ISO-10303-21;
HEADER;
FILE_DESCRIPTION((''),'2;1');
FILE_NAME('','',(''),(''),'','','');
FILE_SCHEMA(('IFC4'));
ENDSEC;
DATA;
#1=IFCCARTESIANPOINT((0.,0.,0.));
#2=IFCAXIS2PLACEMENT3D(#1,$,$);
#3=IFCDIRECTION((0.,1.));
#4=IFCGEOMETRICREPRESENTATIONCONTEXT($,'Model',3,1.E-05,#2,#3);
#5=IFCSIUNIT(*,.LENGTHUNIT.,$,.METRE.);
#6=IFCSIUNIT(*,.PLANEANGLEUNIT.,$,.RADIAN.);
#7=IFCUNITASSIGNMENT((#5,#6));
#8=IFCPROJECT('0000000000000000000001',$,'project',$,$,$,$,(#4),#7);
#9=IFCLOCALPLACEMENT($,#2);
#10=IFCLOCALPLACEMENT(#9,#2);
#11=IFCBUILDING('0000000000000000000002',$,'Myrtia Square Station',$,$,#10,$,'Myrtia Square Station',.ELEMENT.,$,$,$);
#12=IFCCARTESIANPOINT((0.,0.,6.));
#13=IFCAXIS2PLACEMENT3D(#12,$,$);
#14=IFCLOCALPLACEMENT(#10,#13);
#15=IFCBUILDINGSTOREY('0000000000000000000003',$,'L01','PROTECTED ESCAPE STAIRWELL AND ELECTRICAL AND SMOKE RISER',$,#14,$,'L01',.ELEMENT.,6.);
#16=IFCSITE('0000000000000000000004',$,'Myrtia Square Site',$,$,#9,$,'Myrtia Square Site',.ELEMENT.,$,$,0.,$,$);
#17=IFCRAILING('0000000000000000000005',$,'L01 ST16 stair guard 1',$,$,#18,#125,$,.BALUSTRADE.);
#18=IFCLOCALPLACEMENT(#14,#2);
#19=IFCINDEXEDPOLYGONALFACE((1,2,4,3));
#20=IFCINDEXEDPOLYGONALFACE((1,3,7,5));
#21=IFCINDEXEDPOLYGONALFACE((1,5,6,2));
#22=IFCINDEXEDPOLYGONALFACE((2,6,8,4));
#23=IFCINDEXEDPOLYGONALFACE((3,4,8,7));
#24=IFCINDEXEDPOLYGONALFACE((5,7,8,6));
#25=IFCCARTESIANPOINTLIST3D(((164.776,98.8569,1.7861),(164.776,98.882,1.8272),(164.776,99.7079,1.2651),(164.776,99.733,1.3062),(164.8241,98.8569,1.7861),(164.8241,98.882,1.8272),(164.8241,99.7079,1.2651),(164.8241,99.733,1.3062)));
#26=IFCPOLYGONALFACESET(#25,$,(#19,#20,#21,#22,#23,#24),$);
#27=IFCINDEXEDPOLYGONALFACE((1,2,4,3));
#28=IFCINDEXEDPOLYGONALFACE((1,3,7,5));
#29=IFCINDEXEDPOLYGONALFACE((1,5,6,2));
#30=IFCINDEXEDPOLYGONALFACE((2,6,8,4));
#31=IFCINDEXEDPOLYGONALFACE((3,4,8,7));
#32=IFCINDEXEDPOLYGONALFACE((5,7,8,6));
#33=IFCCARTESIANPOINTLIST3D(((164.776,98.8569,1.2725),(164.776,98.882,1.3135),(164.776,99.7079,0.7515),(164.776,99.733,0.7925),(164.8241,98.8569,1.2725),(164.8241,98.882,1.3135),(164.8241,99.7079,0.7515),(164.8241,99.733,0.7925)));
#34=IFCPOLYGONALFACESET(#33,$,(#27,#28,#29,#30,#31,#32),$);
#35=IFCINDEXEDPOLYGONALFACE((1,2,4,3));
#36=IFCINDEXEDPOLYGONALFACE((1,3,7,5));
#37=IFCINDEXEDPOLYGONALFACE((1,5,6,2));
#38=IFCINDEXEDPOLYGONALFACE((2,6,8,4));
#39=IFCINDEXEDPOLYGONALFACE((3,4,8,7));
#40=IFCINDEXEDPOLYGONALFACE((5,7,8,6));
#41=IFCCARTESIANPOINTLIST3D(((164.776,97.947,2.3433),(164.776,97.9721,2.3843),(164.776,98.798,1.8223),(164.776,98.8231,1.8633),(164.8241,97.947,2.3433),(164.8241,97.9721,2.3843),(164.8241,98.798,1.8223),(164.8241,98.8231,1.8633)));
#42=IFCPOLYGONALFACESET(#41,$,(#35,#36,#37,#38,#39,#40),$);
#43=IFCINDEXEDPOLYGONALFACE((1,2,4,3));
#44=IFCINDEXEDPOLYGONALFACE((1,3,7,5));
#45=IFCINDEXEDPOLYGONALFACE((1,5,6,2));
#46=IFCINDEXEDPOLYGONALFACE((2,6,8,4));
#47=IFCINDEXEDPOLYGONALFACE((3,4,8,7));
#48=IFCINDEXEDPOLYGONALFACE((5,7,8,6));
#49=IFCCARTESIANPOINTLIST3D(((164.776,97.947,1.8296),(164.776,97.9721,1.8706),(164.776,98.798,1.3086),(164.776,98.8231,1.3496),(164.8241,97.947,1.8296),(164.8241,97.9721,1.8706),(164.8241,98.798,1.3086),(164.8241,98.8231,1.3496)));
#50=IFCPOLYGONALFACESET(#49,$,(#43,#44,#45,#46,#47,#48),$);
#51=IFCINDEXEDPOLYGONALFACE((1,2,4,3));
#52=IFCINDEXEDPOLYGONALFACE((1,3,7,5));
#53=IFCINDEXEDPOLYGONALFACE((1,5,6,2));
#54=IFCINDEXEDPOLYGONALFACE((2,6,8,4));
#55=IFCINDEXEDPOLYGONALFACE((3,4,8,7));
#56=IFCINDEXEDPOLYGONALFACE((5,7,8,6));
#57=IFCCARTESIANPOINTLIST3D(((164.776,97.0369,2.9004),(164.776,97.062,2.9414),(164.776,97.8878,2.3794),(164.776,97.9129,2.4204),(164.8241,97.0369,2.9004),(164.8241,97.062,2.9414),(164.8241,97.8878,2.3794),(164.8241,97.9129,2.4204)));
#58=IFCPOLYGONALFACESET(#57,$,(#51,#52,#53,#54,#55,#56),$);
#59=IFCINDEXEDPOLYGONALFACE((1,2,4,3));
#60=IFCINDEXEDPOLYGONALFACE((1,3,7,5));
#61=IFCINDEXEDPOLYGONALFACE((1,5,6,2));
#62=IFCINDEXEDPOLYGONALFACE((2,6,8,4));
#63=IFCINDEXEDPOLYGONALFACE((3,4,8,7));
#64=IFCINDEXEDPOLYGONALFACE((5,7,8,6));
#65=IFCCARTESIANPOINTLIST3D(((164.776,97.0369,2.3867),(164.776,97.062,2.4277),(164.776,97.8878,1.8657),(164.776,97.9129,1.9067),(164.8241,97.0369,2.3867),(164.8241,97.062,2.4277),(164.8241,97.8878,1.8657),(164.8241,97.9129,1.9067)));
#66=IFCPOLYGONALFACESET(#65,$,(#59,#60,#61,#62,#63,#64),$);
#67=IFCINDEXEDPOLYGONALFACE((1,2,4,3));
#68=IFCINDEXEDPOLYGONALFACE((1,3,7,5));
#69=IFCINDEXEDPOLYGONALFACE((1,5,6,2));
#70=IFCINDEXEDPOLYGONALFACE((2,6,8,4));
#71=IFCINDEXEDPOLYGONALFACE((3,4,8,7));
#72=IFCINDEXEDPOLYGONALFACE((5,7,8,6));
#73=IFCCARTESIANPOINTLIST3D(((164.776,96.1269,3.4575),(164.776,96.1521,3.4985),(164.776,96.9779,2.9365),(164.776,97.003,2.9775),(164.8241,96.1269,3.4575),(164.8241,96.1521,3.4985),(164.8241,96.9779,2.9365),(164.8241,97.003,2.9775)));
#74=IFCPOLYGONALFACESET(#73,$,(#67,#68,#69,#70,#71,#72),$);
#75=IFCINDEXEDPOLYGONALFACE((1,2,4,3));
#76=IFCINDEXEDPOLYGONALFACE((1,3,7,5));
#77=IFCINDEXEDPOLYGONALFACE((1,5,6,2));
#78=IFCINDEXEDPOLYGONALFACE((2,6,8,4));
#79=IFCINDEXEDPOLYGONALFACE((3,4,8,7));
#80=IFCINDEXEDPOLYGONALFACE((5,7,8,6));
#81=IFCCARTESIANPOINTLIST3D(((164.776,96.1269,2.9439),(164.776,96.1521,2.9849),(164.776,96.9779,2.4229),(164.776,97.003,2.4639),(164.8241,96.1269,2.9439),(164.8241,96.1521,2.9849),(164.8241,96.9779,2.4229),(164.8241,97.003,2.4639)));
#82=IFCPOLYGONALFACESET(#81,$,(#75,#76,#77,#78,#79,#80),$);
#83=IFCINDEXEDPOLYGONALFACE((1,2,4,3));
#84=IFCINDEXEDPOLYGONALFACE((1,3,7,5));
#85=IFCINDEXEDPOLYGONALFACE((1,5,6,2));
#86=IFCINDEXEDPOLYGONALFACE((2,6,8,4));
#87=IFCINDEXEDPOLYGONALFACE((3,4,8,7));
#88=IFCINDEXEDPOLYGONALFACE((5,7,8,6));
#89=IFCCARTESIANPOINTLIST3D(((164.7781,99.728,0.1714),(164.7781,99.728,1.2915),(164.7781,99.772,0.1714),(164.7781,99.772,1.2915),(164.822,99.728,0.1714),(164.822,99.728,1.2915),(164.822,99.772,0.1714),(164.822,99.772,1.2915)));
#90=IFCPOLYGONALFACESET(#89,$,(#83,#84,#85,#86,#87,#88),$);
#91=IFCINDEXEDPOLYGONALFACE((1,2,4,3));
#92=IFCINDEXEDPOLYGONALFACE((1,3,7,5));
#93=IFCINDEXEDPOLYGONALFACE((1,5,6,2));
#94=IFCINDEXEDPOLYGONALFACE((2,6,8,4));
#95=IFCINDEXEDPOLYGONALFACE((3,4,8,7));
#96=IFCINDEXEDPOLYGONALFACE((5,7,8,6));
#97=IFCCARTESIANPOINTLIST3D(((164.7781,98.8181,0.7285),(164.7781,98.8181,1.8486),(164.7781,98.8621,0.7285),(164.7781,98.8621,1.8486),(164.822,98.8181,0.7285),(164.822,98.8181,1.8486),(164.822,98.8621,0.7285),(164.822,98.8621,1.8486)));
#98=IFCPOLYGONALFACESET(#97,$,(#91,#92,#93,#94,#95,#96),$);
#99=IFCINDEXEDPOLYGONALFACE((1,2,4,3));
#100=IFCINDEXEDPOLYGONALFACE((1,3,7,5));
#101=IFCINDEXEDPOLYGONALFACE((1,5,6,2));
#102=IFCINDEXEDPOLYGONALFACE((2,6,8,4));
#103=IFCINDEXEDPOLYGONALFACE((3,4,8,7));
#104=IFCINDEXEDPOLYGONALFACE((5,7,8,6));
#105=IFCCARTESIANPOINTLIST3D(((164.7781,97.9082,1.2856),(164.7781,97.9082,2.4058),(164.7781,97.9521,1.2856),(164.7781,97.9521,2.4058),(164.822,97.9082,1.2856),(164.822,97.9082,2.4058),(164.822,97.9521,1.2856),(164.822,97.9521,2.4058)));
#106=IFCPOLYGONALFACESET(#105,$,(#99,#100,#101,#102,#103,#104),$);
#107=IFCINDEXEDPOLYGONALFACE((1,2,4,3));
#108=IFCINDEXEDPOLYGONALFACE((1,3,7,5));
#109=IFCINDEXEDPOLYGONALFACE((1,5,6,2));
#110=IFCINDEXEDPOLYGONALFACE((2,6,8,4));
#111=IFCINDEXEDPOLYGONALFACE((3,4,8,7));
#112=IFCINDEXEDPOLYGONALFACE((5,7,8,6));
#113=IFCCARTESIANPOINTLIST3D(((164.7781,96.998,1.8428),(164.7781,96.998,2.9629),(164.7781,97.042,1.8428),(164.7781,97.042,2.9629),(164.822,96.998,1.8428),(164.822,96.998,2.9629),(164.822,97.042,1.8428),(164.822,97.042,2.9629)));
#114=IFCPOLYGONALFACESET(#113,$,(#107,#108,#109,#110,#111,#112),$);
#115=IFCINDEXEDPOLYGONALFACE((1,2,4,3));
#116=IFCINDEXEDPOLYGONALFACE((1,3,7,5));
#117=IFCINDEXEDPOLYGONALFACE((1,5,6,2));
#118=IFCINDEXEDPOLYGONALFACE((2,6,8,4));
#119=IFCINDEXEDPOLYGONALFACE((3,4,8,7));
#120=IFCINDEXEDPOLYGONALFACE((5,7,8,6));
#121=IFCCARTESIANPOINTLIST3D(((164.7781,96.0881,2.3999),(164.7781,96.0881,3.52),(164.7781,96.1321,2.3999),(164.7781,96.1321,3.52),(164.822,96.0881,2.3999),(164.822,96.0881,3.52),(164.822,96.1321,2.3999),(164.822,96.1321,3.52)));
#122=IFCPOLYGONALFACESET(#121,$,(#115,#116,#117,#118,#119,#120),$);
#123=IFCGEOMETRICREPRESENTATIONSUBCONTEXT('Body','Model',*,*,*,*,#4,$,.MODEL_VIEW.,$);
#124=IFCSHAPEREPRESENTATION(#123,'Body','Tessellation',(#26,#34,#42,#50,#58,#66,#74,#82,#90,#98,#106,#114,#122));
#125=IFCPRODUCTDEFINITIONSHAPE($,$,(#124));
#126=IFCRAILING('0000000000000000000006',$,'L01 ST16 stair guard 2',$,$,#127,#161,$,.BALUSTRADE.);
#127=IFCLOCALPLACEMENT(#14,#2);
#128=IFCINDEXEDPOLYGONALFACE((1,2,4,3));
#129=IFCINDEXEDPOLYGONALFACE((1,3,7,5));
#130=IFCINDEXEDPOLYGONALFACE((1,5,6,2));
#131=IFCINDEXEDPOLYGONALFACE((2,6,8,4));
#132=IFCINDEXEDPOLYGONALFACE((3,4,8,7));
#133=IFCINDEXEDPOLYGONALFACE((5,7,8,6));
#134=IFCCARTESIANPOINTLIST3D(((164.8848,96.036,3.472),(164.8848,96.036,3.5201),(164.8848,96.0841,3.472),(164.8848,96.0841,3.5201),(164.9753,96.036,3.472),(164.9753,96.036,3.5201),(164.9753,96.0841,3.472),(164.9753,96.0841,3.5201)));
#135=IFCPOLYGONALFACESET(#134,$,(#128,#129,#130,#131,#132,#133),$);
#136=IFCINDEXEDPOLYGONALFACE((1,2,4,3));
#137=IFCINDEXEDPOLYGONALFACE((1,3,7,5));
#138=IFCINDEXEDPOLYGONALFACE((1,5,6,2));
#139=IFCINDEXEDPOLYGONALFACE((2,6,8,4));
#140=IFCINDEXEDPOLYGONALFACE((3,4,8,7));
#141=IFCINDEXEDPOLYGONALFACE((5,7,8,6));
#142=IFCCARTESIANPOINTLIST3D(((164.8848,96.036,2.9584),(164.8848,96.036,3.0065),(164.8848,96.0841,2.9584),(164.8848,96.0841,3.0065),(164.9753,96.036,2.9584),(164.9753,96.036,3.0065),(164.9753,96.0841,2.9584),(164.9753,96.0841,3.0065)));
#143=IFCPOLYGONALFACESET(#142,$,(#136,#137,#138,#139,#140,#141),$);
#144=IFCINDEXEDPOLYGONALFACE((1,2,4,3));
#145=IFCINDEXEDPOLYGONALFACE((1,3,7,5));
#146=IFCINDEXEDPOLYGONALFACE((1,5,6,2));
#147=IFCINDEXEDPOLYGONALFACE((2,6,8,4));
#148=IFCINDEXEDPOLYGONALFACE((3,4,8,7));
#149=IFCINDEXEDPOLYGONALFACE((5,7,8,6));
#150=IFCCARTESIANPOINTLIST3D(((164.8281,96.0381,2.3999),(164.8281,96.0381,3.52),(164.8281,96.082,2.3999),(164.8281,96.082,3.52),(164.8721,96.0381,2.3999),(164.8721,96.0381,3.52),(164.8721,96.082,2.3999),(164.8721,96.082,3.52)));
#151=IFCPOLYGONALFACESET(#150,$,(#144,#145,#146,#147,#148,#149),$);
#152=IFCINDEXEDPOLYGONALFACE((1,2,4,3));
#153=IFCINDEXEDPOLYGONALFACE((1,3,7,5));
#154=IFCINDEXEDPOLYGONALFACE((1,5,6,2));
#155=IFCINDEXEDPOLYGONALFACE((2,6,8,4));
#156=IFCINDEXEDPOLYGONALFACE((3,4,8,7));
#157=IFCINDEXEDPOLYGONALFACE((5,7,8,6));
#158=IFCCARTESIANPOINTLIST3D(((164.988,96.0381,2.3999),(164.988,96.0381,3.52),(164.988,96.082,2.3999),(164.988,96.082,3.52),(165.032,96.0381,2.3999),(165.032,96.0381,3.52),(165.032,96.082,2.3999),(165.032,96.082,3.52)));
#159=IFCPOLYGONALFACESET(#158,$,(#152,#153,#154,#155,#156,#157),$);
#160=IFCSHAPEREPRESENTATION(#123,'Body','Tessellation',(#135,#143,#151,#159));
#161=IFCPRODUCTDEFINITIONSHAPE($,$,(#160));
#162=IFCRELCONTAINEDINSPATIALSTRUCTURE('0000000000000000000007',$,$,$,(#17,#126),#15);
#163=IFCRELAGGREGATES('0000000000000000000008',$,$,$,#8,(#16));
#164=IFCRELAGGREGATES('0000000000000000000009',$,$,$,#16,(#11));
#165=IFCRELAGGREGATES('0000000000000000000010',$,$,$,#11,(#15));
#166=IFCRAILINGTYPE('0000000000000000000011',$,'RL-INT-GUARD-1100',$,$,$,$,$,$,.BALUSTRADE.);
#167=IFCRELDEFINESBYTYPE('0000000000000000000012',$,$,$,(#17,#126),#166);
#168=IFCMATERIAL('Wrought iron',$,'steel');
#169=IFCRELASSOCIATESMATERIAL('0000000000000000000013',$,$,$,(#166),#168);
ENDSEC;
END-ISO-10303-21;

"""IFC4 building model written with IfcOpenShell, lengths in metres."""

from ifc_helpers import new_model, si_unit, direction, frame, origin, origin_2d, place, context, subcontext, project, spatial, rectangle, extrude, material, type_object, element, save


model = new_model("IFC4")

# Units and contexts
model_context = context("Model", 3, precision=1e-05, world=origin(), true_north=direction((0.0, 1.0)))
body_context = subcontext(model_context, "Body", "Model", "MODEL_VIEW")
ifc_project = project(units=[si_unit("LENGTHUNIT", "METRE"), si_unit("PLANEANGLEUNIT", "RADIAN")], contexts=[model_context])

# Site, building, storey
site_placement = place(None, origin())
site = spatial("IfcSite", under=ifc_project, at=site_placement, Name="Myrtia Square Site", LongName="Myrtia Square Site", CompositionType="ELEMENT", RefElevation=0.0)
building_placement = place(site_placement, origin())
building = spatial("IfcBuilding", under=site, at=building_placement, Name="Myrtia Square Station", LongName="Myrtia Square Station", CompositionType="ELEMENT")
storey_placement = place(building_placement, frame((0.0, 0.0, 6.0)))
storey = spatial("IfcBuildingStorey", under=building, at=storey_placement, Name="L01", Description="PROTECTED ESCAPE STAIRWELL AND ELECTRICAL AND SMOKE RISER", LongName="L01", CompositionType="ELEMENT", Elevation=6.0)

# Railings
ifc_material_1 = material(Name="Wrought iron", Category="steel")
railing_type_1 = type_object("IfcRailingType", Name="RL-INT-GUARD-1100", PredefinedType="BALUSTRADE", material=ifc_material_1)
railing_1_placement = place(storey_placement, frame((164.8, 99.75, 0.1714)))
element("IfcRailing", 1, at=railing_1_placement, inside=storey, type_object=railing_type_1, Name="L01 ST16 stair guard 1", PredefinedType="BALUSTRADE", context=body_context, shape_type="SweptSolid", body=[
    extrude(rectangle(XDim=0.0481, YDim=0.0481, at=origin_2d()), frame((0.0, -0.0295, 1.1143), z_axis=(0.0, -0.85285, 0.522156), x_axis=(1.0, 0.0, 0.0)), (0.0, 0.0, 1.0), 0.9978),
    extrude(rectangle(XDim=0.0481, YDim=0.0481, at=origin_2d()), frame((0.0, -0.0295, 0.6006), z_axis=(0.0, -0.85285, 0.522156), x_axis=(1.0, 0.0, 0.0)), (0.0, 0.0, 1.0), 0.9978),
    extrude(rectangle(XDim=0.0481, YDim=0.0481, at=origin_2d()), frame((0.0, -0.9395, 1.6714), z_axis=(0.0, -0.85285, 0.522156), x_axis=(1.0, 0.0, 0.0)), (0.0, 0.0, 1.0), 0.9978),
    extrude(rectangle(XDim=0.0481, YDim=0.0481, at=origin_2d()), frame((0.0, -0.9395, 1.1577), z_axis=(0.0, -0.85285, 0.522156), x_axis=(1.0, 0.0, 0.0)), (0.0, 0.0, 1.0), 0.9978),
    extrude(rectangle(XDim=0.0481, YDim=0.0481, at=origin_2d()), frame((0.0, -1.8496, 2.2285), z_axis=(0.0, -0.85285, 0.522156), x_axis=(1.0, 0.0, 0.0)), (0.0, 0.0, 1.0), 0.9978),
    extrude(rectangle(XDim=0.0481, YDim=0.0481, at=origin_2d()), frame((0.0, -1.8496, 1.7148), z_axis=(0.0, -0.85285, 0.522156), x_axis=(1.0, 0.0, 0.0)), (0.0, 0.0, 1.0), 0.9978),
    extrude(rectangle(XDim=0.0481, YDim=0.0481, at=origin_2d()), frame((0.0, -2.7595, 2.7856), z_axis=(0.0, -0.85285, 0.522156), x_axis=(1.0, 0.0, 0.0)), (0.0, 0.0, 1.0), 0.9978),
    extrude(rectangle(XDim=0.0481, YDim=0.0481, at=origin_2d()), frame((0.0, -2.7595, 2.272), z_axis=(0.0, -0.85285, 0.522156), x_axis=(1.0, 0.0, 0.0)), (0.0, 0.0, 1.0), 0.9978),
    extrude(rectangle(XDim=0.0439, YDim=0.0439, at=origin_2d()), origin(), (0.0, 0.0, 1.0), 1.1201),
    extrude(rectangle(XDim=0.0439, YDim=0.0439, at=origin_2d()), frame((0.0, -0.9099, 0.5571)), (0.0, 0.0, 1.0), 1.1201),
    extrude(rectangle(XDim=0.0439, YDim=0.0439, at=origin_2d()), frame((0.0, -1.8198, 1.1143)), (0.0, 0.0, 1.0), 1.1201),
    extrude(rectangle(XDim=0.0439, YDim=0.0439, at=origin_2d()), frame((0.0, -2.73, 1.6714)), (0.0, 0.0, 1.0), 1.1201),
    extrude(rectangle(XDim=0.0439, YDim=0.0439, at=origin_2d()), frame((0.0, -3.6399, 2.2285)), (0.0, 0.0, 1.0), 1.1201),
])
railing_2_placement = place(storey_placement, frame((164.8501, 96.0601, 2.3999)))
element("IfcRailing", 2, at=railing_2_placement, inside=storey, type_object=railing_type_1, Name="L01 ST16 stair guard 2", PredefinedType="BALUSTRADE", context=body_context, shape_type="SweptSolid", body=[
    extrude(rectangle(XDim=0.0481, YDim=0.0481, at=origin_2d()), frame((0.0347, 0.0, 1.0962), z_axis=(1.0, 0.0, 0.0), x_axis=(0.0, 1.0, 0.0)), (0.0, 0.0, 1.0), 0.0906),
    extrude(rectangle(XDim=0.0481, YDim=0.0481, at=origin_2d()), frame((0.0347, 0.0, 0.5825), z_axis=(1.0, 0.0, 0.0), x_axis=(0.0, 1.0, 0.0)), (0.0, 0.0, 1.0), 0.0906),
    extrude(rectangle(XDim=0.0439, YDim=0.0439, at=origin_2d()), origin(), (0.0, 0.0, 1.0), 1.1201),
    extrude(rectangle(XDim=0.0439, YDim=0.0439, at=origin_2d()), frame((0.1599, 0.0, 0.0)), (0.0, 0.0, 1.0), 1.1201),
])

save(model, "model.ifc")
